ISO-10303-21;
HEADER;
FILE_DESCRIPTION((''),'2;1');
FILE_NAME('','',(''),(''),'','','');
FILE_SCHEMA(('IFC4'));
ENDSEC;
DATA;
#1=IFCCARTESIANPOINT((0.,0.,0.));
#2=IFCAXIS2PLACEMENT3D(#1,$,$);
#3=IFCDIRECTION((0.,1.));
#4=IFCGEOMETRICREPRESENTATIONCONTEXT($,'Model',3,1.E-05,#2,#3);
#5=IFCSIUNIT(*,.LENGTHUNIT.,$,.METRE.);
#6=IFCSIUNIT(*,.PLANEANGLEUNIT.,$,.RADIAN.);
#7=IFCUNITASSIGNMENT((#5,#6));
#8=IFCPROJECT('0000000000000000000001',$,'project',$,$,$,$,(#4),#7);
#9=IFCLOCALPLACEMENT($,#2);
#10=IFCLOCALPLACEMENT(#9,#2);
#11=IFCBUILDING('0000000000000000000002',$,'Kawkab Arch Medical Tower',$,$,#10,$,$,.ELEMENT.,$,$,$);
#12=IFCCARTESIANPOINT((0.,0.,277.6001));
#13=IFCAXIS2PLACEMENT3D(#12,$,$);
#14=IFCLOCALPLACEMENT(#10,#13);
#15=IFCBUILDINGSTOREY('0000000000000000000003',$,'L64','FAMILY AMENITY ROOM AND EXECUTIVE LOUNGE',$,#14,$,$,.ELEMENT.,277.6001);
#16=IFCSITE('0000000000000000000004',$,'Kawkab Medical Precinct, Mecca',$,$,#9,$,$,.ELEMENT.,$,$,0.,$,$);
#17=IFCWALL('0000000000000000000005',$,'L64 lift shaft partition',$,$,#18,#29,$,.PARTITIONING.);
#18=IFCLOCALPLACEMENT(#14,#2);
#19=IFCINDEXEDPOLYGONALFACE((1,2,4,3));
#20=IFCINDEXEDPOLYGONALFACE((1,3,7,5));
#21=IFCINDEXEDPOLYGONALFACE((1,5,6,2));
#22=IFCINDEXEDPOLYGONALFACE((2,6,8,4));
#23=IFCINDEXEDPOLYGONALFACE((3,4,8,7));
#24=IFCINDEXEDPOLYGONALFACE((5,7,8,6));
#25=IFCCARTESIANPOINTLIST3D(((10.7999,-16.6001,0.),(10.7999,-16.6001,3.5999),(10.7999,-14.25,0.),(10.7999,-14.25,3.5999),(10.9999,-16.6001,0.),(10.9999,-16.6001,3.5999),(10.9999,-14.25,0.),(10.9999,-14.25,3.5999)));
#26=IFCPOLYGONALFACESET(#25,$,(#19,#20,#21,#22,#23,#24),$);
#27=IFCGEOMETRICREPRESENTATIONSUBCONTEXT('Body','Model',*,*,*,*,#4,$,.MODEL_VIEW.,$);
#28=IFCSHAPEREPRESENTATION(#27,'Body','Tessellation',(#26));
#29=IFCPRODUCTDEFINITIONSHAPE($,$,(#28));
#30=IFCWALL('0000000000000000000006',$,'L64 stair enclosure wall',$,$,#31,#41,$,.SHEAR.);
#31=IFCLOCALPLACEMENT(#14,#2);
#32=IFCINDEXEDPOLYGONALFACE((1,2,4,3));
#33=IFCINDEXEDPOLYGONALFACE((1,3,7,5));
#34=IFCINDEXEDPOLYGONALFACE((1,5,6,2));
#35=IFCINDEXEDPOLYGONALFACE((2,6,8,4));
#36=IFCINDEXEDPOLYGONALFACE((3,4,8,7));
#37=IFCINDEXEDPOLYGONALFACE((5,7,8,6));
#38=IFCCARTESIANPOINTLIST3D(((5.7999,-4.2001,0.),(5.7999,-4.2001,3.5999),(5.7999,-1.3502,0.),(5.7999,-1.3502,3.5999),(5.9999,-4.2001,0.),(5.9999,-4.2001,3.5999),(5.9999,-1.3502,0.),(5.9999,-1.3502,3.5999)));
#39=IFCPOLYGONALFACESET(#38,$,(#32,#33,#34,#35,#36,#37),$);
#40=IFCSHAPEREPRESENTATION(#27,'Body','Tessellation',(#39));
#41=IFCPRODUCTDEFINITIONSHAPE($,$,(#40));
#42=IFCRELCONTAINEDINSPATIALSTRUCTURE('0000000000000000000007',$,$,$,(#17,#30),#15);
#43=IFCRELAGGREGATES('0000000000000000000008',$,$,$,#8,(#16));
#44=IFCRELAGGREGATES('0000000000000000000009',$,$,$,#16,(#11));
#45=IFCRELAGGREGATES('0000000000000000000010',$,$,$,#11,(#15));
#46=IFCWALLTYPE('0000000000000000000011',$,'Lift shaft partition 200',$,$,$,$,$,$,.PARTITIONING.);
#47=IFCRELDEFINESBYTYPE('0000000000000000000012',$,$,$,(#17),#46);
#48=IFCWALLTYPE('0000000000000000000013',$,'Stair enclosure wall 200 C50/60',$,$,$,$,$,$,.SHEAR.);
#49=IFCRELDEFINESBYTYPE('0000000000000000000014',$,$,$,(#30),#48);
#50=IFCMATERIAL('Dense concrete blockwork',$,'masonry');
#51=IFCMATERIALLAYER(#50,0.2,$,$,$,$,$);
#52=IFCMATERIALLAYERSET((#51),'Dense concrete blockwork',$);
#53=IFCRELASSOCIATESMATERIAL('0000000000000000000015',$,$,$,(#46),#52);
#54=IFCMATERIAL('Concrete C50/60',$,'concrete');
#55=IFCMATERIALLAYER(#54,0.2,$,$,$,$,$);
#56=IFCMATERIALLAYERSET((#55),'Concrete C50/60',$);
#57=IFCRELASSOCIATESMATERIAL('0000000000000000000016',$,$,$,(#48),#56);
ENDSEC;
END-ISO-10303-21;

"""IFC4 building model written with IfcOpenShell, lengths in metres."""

from ifc_helpers import new_model, si_unit, direction, frame, frame_2d, origin, place, context, subcontext, project, spatial, rectangle, extrude, material, layer, layer_set, type_object, element, save


model = new_model("IFC4")

# Units and contexts
model_context = context("Model", 3, precision=1e-05, world=origin(), true_north=direction((0.0, 1.0)))
body_context = subcontext(model_context, "Body", "Model", "MODEL_VIEW")
ifc_project = project(units=[si_unit("LENGTHUNIT", "METRE"), si_unit("PLANEANGLEUNIT", "RADIAN")], contexts=[model_context])

# Site, building, storey
site_placement = place(None, origin())
site = spatial("IfcSite", under=ifc_project, at=site_placement, Name="Kawkab Medical Precinct, Mecca", CompositionType="ELEMENT", RefElevation=0.0)
building_placement = place(site_placement, origin())
building = spatial("IfcBuilding", under=site, at=building_placement, Name="Kawkab Arch Medical Tower", CompositionType="ELEMENT")
storey_placement = place(building_placement, frame((0.0, 0.0, 277.6001)))
storey = spatial("IfcBuildingStorey", under=building, at=storey_placement, Name="L64", Description="FAMILY AMENITY ROOM AND EXECUTIVE LOUNGE", CompositionType="ELEMENT", Elevation=277.6001)

# Walls
ifc_material_1 = material(Name="Dense concrete blockwork", Category="masonry")
ifc_layer_1 = layer(ifc_material_1, 0.2)
ifc_layer_set_1 = layer_set([ifc_layer_1], Name="Dense concrete blockwork")
wall_type_1 = type_object("IfcWallType", Name="Lift shaft partition 200", PredefinedType="PARTITIONING", material=ifc_layer_set_1)
for number, where, z_axis, x_axis, name in (
    (1, (10.8999, -16.6001, 0.0), (0.0, 0.0, 1.0), (0.0, 1.0, 0.0), "L64 lift shaft partition"),
):
    element("IfcWall", number, at=place(storey_placement, frame(where, z_axis=z_axis, x_axis=x_axis)), inside=storey, type_object=wall_type_1, Name=name, PredefinedType="PARTITIONING", context=body_context, shape_type="SweptSolid", body=[
        extrude(rectangle(XDim=2.3501, YDim=0.2, at=frame_2d((1.175, 0.0))), origin(), (0.0, 0.0, 1.0), 3.5999),
    ])
ifc_material_2 = material(Name="Concrete C50/60", Category="concrete")
ifc_layer_2 = layer(ifc_material_2, 0.2)
ifc_layer_set_2 = layer_set([ifc_layer_2], Name="Concrete C50/60")
wall_type_2 = type_object("IfcWallType", Name="Stair enclosure wall 200 C50/60", PredefinedType="SHEAR", material=ifc_layer_set_2)
wall_1_placement = place(storey_placement, frame((5.8999, -4.2, 0.0), z_axis=(0.0, 0.0, 1.0), x_axis=(0.0, 1.0, 0.0)))
element("IfcWall", 2, at=wall_1_placement, inside=storey, type_object=wall_type_2, Name="L64 stair enclosure wall", PredefinedType="SHEAR", context=body_context, shape_type="SweptSolid", body=[
    extrude(rectangle(XDim=2.8499, YDim=0.2, at=frame_2d((1.4248, 0.0))), origin(), (0.0, 0.0, 1.0), 3.5999),
])

save(model, "model.ifc")
